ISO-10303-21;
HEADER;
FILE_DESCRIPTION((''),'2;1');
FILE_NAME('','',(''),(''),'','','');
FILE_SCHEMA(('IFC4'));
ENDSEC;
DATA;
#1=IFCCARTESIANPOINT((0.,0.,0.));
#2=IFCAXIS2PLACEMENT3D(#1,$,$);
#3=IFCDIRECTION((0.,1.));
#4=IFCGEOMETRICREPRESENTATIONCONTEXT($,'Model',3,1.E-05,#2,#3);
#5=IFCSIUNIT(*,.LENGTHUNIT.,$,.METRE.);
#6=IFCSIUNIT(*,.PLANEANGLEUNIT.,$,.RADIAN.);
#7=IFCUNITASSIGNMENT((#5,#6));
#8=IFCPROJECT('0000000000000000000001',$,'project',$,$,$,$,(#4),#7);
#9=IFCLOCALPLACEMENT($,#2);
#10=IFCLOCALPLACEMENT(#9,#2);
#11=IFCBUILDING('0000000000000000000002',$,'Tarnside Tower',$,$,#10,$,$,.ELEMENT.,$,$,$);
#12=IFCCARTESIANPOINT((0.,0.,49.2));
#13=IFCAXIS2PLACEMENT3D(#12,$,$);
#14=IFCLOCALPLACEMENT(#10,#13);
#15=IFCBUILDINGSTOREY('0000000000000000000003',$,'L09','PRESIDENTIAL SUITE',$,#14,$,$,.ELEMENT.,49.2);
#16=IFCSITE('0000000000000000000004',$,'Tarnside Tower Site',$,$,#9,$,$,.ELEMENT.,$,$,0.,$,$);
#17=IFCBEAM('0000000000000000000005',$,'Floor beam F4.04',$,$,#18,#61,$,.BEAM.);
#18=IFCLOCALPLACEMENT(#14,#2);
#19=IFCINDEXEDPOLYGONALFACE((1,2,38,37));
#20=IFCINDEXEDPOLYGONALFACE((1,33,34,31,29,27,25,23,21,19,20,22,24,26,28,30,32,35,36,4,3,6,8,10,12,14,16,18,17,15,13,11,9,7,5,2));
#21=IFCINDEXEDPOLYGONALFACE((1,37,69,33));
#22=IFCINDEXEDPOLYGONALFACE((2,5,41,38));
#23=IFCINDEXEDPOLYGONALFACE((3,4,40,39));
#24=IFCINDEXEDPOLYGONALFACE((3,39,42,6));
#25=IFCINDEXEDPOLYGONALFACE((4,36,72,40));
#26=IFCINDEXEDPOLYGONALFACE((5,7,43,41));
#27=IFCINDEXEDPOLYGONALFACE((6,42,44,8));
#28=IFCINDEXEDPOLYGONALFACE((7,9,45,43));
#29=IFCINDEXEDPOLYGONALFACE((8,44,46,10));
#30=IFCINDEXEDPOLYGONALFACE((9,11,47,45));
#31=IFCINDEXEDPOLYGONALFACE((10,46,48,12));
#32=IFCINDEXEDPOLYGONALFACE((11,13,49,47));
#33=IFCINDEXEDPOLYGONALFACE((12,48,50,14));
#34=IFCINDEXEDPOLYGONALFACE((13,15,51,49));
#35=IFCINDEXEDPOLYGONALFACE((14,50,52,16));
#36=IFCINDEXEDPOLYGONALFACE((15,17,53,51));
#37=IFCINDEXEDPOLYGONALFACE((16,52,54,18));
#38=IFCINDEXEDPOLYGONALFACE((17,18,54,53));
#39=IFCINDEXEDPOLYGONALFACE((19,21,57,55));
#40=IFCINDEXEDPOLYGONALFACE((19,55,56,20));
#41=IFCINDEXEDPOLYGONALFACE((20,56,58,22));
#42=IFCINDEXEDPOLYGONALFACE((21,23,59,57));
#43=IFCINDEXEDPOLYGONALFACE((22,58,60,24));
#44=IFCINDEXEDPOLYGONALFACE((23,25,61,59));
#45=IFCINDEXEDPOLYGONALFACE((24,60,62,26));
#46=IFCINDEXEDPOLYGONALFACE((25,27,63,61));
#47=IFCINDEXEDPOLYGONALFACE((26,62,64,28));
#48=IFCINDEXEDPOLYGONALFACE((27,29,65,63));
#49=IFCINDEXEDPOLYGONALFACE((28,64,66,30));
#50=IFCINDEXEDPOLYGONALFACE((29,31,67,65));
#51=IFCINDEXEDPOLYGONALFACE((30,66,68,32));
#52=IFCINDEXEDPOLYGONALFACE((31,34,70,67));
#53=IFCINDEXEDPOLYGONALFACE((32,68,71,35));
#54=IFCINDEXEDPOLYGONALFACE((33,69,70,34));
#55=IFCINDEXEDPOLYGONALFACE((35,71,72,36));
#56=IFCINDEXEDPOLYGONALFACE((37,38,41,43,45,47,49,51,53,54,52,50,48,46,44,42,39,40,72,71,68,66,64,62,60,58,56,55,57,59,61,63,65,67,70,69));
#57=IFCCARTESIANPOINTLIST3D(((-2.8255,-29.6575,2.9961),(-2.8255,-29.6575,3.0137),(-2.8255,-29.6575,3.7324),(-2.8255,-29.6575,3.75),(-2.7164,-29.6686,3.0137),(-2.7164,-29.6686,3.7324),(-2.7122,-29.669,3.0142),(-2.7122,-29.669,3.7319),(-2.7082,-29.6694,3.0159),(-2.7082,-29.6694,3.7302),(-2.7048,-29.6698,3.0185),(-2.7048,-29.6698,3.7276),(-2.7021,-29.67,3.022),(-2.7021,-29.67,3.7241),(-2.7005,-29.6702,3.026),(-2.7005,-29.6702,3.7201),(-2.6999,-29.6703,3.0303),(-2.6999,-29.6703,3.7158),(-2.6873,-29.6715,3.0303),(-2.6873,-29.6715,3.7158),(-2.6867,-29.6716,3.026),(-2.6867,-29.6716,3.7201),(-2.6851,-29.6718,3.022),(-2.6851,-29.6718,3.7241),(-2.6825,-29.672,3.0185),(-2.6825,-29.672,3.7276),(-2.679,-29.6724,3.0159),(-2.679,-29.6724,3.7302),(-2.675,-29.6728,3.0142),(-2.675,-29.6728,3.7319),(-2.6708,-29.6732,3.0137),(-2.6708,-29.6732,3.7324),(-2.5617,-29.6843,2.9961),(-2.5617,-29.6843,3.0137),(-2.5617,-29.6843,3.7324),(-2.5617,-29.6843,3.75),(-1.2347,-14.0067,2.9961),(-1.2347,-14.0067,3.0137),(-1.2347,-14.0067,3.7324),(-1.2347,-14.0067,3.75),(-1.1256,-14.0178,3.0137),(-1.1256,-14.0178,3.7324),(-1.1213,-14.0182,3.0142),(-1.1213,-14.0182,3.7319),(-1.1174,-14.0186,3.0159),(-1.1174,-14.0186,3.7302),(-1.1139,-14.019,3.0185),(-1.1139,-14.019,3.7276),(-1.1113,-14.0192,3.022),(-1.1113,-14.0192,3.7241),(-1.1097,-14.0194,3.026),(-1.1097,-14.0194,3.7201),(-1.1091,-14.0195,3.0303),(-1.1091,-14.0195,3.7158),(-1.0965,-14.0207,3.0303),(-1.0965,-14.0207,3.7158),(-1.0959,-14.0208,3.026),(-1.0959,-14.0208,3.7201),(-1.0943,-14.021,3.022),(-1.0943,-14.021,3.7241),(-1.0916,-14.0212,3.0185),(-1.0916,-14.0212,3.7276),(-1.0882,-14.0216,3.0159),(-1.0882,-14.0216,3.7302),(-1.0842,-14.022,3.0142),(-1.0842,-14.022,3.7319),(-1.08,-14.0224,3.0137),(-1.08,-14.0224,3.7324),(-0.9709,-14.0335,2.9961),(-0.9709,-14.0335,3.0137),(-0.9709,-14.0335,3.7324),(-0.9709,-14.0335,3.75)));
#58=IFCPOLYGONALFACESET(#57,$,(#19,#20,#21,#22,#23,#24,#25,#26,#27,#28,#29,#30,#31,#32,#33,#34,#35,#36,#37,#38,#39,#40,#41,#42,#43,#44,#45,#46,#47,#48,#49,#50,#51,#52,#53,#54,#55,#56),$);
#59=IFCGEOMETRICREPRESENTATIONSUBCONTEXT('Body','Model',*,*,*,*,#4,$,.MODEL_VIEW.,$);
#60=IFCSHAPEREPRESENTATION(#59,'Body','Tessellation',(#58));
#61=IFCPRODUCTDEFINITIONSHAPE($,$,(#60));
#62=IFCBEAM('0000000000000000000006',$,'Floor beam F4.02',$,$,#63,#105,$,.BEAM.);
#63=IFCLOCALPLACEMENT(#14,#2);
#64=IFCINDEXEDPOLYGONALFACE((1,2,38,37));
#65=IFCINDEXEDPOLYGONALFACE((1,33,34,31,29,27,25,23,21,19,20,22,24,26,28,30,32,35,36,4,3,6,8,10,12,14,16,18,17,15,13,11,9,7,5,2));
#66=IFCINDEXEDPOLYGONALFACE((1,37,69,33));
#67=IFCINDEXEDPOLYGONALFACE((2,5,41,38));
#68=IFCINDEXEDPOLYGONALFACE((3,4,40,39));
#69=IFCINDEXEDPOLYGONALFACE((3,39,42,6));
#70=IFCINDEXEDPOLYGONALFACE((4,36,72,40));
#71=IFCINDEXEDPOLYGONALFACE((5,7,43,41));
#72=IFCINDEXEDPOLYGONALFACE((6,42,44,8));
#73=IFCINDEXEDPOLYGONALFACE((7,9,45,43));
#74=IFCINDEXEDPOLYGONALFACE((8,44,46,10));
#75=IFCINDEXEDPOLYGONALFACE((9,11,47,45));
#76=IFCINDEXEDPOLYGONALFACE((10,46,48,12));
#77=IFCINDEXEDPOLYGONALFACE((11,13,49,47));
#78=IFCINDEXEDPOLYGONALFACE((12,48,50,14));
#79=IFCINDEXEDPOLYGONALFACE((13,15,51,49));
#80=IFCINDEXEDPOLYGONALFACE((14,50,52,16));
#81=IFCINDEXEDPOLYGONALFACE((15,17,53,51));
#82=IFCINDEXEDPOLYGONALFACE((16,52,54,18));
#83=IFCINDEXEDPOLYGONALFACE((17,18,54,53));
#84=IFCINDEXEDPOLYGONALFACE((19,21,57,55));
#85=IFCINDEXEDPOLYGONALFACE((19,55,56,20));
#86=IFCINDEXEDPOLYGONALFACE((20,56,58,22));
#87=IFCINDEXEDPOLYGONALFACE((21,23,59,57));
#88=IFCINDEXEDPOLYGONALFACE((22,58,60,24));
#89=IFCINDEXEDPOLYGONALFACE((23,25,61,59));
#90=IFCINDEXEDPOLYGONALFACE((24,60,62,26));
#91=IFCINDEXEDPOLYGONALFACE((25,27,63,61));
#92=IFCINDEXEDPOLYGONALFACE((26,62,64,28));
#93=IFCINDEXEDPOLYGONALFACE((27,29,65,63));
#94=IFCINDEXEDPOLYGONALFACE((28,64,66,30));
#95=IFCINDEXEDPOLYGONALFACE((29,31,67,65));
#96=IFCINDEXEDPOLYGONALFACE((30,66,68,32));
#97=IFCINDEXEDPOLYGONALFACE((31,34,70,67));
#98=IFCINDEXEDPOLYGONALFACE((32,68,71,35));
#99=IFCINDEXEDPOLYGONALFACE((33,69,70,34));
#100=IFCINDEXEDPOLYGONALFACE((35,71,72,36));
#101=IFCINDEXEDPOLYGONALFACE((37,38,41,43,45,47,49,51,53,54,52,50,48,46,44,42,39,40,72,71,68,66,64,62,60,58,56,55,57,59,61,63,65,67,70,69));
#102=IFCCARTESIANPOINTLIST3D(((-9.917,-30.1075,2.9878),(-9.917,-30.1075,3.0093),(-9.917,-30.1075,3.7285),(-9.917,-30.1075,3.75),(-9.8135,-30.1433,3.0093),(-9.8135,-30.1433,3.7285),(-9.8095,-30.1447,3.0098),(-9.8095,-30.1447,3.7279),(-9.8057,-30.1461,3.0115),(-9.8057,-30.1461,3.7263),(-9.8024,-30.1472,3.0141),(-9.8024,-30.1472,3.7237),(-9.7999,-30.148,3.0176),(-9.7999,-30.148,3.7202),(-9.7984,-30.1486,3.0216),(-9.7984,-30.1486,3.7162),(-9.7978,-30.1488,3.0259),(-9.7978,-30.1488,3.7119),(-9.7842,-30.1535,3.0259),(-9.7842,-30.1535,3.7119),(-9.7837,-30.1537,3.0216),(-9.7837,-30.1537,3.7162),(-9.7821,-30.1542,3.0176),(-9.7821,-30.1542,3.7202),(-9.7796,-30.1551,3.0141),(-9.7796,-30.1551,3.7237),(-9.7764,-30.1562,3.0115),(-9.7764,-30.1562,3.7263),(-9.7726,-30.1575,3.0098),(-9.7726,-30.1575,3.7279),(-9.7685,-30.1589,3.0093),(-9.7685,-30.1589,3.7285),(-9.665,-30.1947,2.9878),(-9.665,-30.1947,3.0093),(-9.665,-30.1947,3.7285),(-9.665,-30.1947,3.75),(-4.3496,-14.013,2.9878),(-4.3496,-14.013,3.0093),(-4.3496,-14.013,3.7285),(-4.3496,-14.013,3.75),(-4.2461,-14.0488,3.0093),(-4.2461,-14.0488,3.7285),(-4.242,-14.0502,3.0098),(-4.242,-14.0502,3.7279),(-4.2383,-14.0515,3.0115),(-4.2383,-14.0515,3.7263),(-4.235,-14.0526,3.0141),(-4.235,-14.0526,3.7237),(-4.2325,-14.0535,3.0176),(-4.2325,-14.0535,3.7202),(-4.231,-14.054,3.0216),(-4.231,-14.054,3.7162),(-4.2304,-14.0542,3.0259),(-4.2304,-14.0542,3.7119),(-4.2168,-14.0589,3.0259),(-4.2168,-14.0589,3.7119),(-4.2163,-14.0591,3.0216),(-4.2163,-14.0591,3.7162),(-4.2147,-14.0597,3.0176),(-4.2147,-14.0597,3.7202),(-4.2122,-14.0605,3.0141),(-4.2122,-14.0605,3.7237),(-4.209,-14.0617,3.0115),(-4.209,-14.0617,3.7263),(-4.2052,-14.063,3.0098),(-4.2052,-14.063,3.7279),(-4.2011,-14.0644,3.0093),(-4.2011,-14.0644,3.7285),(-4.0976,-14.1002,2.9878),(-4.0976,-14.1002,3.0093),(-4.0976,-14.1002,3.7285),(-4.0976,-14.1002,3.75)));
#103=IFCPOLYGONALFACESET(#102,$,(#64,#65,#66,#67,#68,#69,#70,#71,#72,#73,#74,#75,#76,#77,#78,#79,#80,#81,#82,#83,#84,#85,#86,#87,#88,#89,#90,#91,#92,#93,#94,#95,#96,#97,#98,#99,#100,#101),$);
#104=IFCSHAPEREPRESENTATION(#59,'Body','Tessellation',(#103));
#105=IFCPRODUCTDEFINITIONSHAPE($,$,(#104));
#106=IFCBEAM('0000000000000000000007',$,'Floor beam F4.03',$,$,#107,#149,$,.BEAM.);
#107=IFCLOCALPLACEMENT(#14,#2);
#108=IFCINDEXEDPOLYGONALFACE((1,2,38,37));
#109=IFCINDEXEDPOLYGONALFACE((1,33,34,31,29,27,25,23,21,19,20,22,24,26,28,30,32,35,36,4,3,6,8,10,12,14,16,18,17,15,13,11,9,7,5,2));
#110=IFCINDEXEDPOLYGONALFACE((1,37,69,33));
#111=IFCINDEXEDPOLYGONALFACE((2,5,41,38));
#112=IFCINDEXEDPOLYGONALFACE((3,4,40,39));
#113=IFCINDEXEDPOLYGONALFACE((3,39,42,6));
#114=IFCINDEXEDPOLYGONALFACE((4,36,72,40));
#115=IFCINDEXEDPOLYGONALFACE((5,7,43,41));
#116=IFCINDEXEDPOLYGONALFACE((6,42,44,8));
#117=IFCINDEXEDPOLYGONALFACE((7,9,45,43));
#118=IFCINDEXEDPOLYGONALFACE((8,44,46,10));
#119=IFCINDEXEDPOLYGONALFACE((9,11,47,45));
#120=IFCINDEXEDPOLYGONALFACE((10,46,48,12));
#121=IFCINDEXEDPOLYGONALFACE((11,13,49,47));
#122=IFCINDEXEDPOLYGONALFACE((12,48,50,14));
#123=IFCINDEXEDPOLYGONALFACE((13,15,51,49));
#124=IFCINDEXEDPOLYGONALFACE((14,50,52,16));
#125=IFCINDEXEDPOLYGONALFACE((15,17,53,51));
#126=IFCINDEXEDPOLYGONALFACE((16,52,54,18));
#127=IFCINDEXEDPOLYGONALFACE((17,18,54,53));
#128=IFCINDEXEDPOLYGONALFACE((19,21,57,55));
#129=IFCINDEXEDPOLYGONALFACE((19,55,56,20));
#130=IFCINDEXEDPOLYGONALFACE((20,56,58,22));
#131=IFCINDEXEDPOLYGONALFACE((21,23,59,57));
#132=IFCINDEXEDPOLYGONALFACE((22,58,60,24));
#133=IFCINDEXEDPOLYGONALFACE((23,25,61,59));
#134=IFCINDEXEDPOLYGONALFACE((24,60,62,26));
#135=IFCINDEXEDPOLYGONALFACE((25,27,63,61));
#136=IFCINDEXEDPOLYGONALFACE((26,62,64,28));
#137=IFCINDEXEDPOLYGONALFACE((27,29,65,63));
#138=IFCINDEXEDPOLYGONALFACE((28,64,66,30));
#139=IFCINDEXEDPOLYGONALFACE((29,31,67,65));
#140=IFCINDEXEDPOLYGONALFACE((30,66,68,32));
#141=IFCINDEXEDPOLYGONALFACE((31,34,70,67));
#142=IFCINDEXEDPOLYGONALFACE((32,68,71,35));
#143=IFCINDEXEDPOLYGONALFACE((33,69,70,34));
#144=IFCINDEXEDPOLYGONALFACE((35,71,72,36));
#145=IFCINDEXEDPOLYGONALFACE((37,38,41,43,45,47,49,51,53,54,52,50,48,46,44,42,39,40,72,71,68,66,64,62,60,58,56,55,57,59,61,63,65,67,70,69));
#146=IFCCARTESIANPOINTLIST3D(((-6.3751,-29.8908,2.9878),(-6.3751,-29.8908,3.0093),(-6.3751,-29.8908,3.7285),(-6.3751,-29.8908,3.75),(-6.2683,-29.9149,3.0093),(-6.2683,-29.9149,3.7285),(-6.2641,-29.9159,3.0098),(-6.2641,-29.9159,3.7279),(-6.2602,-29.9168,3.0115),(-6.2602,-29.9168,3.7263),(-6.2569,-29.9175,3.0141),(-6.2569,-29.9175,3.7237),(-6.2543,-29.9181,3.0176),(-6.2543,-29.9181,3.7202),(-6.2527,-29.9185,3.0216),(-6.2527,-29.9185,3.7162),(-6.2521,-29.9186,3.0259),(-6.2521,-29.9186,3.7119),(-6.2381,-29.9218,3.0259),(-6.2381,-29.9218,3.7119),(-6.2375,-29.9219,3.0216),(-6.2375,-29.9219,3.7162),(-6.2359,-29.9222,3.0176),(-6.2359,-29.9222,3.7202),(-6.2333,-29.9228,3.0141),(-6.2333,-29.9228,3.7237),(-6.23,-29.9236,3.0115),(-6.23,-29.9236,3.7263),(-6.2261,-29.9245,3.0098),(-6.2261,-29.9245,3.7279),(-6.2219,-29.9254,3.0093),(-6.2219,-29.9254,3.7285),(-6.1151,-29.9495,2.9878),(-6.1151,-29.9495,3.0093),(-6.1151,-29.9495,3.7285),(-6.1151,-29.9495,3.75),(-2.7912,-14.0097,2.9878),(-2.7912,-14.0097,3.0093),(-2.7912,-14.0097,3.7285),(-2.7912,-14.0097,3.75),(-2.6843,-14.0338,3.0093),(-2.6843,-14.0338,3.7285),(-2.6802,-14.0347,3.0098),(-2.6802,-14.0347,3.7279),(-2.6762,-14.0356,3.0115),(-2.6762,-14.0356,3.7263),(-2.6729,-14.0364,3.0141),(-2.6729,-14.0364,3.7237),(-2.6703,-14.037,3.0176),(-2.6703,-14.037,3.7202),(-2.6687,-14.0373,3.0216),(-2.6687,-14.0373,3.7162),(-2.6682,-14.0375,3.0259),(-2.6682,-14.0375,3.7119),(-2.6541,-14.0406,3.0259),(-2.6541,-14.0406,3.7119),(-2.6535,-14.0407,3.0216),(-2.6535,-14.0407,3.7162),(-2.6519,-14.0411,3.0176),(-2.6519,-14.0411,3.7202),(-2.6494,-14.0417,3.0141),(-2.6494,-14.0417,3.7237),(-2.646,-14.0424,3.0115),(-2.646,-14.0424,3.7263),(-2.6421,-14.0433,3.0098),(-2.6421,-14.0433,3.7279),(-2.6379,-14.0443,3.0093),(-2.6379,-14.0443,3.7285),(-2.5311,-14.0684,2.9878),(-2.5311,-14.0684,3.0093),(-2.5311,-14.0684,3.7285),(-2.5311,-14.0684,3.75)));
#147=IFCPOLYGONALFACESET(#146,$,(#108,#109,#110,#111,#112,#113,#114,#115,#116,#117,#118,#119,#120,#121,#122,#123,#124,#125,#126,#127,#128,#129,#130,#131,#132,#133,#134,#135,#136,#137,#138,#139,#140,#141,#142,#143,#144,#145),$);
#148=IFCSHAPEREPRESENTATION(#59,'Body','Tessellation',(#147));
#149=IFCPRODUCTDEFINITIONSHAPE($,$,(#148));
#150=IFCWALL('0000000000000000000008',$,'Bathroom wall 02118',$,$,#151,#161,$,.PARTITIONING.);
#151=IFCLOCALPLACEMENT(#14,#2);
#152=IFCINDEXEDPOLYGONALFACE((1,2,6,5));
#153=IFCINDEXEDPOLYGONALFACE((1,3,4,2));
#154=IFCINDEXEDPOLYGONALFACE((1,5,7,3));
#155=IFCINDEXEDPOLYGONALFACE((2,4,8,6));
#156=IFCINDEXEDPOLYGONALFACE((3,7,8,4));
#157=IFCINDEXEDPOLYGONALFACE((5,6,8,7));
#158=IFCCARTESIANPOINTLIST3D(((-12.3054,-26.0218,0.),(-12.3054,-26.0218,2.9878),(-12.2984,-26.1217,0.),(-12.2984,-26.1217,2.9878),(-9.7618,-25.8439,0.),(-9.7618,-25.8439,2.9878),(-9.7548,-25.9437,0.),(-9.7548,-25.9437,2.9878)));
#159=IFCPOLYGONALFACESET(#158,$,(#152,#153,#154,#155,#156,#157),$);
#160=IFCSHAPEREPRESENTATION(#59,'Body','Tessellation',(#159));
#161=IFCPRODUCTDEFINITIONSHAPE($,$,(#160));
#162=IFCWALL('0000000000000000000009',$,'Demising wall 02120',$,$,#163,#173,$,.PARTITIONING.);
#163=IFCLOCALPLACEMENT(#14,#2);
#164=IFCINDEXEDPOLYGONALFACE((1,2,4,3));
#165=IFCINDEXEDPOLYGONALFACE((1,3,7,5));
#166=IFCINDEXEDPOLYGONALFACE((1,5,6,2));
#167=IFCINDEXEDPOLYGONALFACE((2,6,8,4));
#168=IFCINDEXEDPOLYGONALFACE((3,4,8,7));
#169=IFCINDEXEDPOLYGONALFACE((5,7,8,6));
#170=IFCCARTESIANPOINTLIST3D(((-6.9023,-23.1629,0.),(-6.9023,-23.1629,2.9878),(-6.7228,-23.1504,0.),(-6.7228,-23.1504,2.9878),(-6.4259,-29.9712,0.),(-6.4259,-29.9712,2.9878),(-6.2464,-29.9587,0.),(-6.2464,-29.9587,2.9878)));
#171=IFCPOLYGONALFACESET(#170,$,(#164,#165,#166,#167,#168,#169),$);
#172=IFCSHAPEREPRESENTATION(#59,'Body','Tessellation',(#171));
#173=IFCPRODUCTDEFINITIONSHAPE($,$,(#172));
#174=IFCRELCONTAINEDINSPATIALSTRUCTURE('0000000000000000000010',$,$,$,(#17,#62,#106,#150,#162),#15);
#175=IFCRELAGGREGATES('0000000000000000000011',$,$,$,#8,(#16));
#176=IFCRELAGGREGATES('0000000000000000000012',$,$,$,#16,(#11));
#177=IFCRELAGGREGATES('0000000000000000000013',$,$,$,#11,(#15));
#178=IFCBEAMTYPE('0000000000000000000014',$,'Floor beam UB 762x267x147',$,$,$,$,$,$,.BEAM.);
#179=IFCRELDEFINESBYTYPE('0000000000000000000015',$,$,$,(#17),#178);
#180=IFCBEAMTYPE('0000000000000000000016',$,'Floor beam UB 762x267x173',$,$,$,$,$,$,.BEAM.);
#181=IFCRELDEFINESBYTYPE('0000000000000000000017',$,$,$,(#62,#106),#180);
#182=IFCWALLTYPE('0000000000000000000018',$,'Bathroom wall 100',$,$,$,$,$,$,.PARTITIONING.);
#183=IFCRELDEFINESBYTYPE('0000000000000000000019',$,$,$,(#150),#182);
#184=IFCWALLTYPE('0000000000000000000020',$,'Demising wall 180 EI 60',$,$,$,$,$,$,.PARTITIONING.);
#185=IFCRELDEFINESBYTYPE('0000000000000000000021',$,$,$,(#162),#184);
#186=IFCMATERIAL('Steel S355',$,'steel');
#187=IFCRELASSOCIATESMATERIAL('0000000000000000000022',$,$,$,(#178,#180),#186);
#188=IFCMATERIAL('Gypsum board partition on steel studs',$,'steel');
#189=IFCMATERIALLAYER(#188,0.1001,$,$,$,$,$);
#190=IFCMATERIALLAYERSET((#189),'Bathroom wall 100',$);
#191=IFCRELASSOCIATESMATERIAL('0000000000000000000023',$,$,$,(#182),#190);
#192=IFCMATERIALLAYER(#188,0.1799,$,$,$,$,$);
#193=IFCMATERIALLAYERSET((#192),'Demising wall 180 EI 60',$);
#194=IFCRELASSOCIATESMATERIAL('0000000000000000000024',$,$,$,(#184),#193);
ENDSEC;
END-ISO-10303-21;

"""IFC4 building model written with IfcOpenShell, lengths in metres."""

from ifc_helpers import new_model, si_unit, direction, frame, frame_2d, origin, origin_2d, place, context, subcontext, project, spatial, rectangle, i_section, extrude, material, layer, layer_set, material_profile, profile_set, type_object, element, save


model = new_model("IFC4")

# Units and contexts
model_context = context("Model", 3, precision=1e-05, world=origin(), true_north=direction((0.0, 1.0)))
body_context = subcontext(model_context, "Body", "Model", "MODEL_VIEW")
ifc_project = project(units=[si_unit("LENGTHUNIT", "METRE"), si_unit("PLANEANGLEUNIT", "RADIAN")], contexts=[model_context])

# Site, building, storey
site_placement = place(None, origin())
site = spatial("IfcSite", under=ifc_project, at=site_placement, Name="Tarnside Tower Site", CompositionType="ELEMENT", RefElevation=0.0)
building_placement = place(site_placement, origin())
building = spatial("IfcBuilding", under=site, at=building_placement, Name="Tarnside Tower", CompositionType="ELEMENT")
storey_placement = place(building_placement, frame((0.0, 0.0, 49.2)))
storey = spatial("IfcBuildingStorey", under=building, at=storey_placement, Name="L09", Description="PRESIDENTIAL SUITE", CompositionType="ELEMENT", Elevation=49.2)

# Beams
ifc_material_1 = material(Name="Steel S355", Category="steel")
ifc_material_profile_1 = material_profile(ifc_material_1, i_section(OverallWidth=0.2651, OverallDepth=0.7539, WebThickness=0.0127, FlangeThickness=0.0176, FilletRadius=0.0166, at=origin_2d()), Name="UB 762x267x147")
ifc_profile_set_1 = profile_set([ifc_material_profile_1], Name="Steel S355")
beam_type_1 = type_object("IfcBeamType", Name="Floor beam UB 762x267x147", PredefinedType="BEAM", material=ifc_profile_set_1)
beam_1_placement = place(storey_placement, frame((-2.6936, -29.6709, 3.373), z_axis=(0.101123, 0.994874, 0.0), x_axis=(-0.994874, 0.101123, 0.0)))
element("IfcBeam", 1, at=beam_1_placement, inside=storey, type_object=beam_type_1, Name="Floor beam F4.04", PredefinedType="BEAM", context=body_context, shape_type="SweptSolid", body=[
    extrude(i_section(OverallWidth=0.2651, OverallDepth=0.7539, WebThickness=0.0127, FlangeThickness=0.0176, FilletRadius=0.0166, at=origin_2d()), origin(), (0.0, 0.0, 1.0), 15.7314),
])
ifc_material_profile_2 = material_profile(ifc_material_1, i_section(OverallWidth=0.2666, OverallDepth=0.7622, WebThickness=0.0144, FlangeThickness=0.0215, FilletRadius=0.0166, at=origin_2d()), Name="UB 762x267x173")
ifc_profile_set_2 = profile_set([ifc_material_profile_2], Name="Steel S355")
beam_type_2 = type_object("IfcBeamType", Name="Floor beam UB 762x267x173", PredefinedType="BEAM", material=ifc_profile_set_2)
beam_2_placement = place(storey_placement, frame((-9.791, -30.1511, 3.3689), z_axis=(0.326912, 0.945055, 0.0), x_axis=(-0.945055, 0.326912, 0.0)))
element("IfcBeam", 2, at=beam_2_placement, inside=storey, type_object=beam_type_2, Name="Floor beam F4.02", PredefinedType="BEAM", context=body_context, shape_type="SweptSolid", body=[
    extrude(i_section(OverallWidth=0.2666, OverallDepth=0.7622, WebThickness=0.0144, FlangeThickness=0.0215, FilletRadius=0.0166, at=origin_2d()), origin(), (0.0, 0.0, 1.0), 17.0303),
])
beam_3_placement = place(storey_placement, frame((-6.2451, -29.9202, 3.3689), z_axis=(0.22014, 0.975468, 0.0), x_axis=(-0.975468, 0.22014, 0.0)))
element("IfcBeam", 3, at=beam_3_placement, inside=storey, type_object=beam_type_2, Name="Floor beam F4.03", PredefinedType="BEAM", context=body_context, shape_type="SweptSolid", body=[
    extrude(i_section(OverallWidth=0.2666, OverallDepth=0.7622, WebThickness=0.0144, FlangeThickness=0.0215, FilletRadius=0.0166, at=origin_2d()), origin(), (0.0, 0.0, 1.0), 16.2805),
])

# Walls
ifc_material_2 = material(Name="Gypsum board partition on steel studs", Category="steel")
ifc_layer_1 = layer(ifc_material_2, 0.1001)
ifc_layer_set_1 = layer_set([ifc_layer_1], Name="Bathroom wall 100")
wall_type_1 = type_object("IfcWallType", Name="Bathroom wall 100", PredefinedType="PARTITIONING", material=ifc_layer_set_1)
wall_1_placement = place(storey_placement, frame((-9.7583, -25.8938, 0.0), z_axis=(0.0, 0.0, 1.0), x_axis=(-0.997561, -0.069798, 0.0)))
element("IfcWall", 4, at=wall_1_placement, inside=storey, type_object=wall_type_1, Name="Bathroom wall 02118", PredefinedType="PARTITIONING", context=body_context, shape_type="SweptSolid", body=[
    extrude(rectangle(XDim=2.5498, YDim=0.1001, at=frame_2d((1.2749, 0.0))), origin(), (0.0, 0.0, 1.0), 2.9878),
])
ifc_layer_2 = layer(ifc_material_2, 0.1799)
ifc_layer_set_2 = layer_set([ifc_layer_2], Name="Demising wall 180 EI 60")
wall_type_2 = type_object("IfcWallType", Name="Demising wall 180 EI 60", PredefinedType="PARTITIONING", material=ifc_layer_set_2)
wall_2_placement = place(storey_placement, frame((-6.3362, -29.9651, 0.0), z_axis=(0.0, 0.0, 1.0), x_axis=(-0.06979, 0.997562, 0.0)))
element("IfcWall", 5, at=wall_2_placement, inside=storey, type_object=wall_type_2, Name="Demising wall 02120", PredefinedType="PARTITIONING", context=body_context, shape_type="SweptSolid", body=[
    extrude(rectangle(XDim=6.825, YDim=0.1799, at=frame_2d((3.4126, 0.0))), origin(), (0.0, 0.0, 1.0), 2.9878),
])

save(model, "model.ifc")
